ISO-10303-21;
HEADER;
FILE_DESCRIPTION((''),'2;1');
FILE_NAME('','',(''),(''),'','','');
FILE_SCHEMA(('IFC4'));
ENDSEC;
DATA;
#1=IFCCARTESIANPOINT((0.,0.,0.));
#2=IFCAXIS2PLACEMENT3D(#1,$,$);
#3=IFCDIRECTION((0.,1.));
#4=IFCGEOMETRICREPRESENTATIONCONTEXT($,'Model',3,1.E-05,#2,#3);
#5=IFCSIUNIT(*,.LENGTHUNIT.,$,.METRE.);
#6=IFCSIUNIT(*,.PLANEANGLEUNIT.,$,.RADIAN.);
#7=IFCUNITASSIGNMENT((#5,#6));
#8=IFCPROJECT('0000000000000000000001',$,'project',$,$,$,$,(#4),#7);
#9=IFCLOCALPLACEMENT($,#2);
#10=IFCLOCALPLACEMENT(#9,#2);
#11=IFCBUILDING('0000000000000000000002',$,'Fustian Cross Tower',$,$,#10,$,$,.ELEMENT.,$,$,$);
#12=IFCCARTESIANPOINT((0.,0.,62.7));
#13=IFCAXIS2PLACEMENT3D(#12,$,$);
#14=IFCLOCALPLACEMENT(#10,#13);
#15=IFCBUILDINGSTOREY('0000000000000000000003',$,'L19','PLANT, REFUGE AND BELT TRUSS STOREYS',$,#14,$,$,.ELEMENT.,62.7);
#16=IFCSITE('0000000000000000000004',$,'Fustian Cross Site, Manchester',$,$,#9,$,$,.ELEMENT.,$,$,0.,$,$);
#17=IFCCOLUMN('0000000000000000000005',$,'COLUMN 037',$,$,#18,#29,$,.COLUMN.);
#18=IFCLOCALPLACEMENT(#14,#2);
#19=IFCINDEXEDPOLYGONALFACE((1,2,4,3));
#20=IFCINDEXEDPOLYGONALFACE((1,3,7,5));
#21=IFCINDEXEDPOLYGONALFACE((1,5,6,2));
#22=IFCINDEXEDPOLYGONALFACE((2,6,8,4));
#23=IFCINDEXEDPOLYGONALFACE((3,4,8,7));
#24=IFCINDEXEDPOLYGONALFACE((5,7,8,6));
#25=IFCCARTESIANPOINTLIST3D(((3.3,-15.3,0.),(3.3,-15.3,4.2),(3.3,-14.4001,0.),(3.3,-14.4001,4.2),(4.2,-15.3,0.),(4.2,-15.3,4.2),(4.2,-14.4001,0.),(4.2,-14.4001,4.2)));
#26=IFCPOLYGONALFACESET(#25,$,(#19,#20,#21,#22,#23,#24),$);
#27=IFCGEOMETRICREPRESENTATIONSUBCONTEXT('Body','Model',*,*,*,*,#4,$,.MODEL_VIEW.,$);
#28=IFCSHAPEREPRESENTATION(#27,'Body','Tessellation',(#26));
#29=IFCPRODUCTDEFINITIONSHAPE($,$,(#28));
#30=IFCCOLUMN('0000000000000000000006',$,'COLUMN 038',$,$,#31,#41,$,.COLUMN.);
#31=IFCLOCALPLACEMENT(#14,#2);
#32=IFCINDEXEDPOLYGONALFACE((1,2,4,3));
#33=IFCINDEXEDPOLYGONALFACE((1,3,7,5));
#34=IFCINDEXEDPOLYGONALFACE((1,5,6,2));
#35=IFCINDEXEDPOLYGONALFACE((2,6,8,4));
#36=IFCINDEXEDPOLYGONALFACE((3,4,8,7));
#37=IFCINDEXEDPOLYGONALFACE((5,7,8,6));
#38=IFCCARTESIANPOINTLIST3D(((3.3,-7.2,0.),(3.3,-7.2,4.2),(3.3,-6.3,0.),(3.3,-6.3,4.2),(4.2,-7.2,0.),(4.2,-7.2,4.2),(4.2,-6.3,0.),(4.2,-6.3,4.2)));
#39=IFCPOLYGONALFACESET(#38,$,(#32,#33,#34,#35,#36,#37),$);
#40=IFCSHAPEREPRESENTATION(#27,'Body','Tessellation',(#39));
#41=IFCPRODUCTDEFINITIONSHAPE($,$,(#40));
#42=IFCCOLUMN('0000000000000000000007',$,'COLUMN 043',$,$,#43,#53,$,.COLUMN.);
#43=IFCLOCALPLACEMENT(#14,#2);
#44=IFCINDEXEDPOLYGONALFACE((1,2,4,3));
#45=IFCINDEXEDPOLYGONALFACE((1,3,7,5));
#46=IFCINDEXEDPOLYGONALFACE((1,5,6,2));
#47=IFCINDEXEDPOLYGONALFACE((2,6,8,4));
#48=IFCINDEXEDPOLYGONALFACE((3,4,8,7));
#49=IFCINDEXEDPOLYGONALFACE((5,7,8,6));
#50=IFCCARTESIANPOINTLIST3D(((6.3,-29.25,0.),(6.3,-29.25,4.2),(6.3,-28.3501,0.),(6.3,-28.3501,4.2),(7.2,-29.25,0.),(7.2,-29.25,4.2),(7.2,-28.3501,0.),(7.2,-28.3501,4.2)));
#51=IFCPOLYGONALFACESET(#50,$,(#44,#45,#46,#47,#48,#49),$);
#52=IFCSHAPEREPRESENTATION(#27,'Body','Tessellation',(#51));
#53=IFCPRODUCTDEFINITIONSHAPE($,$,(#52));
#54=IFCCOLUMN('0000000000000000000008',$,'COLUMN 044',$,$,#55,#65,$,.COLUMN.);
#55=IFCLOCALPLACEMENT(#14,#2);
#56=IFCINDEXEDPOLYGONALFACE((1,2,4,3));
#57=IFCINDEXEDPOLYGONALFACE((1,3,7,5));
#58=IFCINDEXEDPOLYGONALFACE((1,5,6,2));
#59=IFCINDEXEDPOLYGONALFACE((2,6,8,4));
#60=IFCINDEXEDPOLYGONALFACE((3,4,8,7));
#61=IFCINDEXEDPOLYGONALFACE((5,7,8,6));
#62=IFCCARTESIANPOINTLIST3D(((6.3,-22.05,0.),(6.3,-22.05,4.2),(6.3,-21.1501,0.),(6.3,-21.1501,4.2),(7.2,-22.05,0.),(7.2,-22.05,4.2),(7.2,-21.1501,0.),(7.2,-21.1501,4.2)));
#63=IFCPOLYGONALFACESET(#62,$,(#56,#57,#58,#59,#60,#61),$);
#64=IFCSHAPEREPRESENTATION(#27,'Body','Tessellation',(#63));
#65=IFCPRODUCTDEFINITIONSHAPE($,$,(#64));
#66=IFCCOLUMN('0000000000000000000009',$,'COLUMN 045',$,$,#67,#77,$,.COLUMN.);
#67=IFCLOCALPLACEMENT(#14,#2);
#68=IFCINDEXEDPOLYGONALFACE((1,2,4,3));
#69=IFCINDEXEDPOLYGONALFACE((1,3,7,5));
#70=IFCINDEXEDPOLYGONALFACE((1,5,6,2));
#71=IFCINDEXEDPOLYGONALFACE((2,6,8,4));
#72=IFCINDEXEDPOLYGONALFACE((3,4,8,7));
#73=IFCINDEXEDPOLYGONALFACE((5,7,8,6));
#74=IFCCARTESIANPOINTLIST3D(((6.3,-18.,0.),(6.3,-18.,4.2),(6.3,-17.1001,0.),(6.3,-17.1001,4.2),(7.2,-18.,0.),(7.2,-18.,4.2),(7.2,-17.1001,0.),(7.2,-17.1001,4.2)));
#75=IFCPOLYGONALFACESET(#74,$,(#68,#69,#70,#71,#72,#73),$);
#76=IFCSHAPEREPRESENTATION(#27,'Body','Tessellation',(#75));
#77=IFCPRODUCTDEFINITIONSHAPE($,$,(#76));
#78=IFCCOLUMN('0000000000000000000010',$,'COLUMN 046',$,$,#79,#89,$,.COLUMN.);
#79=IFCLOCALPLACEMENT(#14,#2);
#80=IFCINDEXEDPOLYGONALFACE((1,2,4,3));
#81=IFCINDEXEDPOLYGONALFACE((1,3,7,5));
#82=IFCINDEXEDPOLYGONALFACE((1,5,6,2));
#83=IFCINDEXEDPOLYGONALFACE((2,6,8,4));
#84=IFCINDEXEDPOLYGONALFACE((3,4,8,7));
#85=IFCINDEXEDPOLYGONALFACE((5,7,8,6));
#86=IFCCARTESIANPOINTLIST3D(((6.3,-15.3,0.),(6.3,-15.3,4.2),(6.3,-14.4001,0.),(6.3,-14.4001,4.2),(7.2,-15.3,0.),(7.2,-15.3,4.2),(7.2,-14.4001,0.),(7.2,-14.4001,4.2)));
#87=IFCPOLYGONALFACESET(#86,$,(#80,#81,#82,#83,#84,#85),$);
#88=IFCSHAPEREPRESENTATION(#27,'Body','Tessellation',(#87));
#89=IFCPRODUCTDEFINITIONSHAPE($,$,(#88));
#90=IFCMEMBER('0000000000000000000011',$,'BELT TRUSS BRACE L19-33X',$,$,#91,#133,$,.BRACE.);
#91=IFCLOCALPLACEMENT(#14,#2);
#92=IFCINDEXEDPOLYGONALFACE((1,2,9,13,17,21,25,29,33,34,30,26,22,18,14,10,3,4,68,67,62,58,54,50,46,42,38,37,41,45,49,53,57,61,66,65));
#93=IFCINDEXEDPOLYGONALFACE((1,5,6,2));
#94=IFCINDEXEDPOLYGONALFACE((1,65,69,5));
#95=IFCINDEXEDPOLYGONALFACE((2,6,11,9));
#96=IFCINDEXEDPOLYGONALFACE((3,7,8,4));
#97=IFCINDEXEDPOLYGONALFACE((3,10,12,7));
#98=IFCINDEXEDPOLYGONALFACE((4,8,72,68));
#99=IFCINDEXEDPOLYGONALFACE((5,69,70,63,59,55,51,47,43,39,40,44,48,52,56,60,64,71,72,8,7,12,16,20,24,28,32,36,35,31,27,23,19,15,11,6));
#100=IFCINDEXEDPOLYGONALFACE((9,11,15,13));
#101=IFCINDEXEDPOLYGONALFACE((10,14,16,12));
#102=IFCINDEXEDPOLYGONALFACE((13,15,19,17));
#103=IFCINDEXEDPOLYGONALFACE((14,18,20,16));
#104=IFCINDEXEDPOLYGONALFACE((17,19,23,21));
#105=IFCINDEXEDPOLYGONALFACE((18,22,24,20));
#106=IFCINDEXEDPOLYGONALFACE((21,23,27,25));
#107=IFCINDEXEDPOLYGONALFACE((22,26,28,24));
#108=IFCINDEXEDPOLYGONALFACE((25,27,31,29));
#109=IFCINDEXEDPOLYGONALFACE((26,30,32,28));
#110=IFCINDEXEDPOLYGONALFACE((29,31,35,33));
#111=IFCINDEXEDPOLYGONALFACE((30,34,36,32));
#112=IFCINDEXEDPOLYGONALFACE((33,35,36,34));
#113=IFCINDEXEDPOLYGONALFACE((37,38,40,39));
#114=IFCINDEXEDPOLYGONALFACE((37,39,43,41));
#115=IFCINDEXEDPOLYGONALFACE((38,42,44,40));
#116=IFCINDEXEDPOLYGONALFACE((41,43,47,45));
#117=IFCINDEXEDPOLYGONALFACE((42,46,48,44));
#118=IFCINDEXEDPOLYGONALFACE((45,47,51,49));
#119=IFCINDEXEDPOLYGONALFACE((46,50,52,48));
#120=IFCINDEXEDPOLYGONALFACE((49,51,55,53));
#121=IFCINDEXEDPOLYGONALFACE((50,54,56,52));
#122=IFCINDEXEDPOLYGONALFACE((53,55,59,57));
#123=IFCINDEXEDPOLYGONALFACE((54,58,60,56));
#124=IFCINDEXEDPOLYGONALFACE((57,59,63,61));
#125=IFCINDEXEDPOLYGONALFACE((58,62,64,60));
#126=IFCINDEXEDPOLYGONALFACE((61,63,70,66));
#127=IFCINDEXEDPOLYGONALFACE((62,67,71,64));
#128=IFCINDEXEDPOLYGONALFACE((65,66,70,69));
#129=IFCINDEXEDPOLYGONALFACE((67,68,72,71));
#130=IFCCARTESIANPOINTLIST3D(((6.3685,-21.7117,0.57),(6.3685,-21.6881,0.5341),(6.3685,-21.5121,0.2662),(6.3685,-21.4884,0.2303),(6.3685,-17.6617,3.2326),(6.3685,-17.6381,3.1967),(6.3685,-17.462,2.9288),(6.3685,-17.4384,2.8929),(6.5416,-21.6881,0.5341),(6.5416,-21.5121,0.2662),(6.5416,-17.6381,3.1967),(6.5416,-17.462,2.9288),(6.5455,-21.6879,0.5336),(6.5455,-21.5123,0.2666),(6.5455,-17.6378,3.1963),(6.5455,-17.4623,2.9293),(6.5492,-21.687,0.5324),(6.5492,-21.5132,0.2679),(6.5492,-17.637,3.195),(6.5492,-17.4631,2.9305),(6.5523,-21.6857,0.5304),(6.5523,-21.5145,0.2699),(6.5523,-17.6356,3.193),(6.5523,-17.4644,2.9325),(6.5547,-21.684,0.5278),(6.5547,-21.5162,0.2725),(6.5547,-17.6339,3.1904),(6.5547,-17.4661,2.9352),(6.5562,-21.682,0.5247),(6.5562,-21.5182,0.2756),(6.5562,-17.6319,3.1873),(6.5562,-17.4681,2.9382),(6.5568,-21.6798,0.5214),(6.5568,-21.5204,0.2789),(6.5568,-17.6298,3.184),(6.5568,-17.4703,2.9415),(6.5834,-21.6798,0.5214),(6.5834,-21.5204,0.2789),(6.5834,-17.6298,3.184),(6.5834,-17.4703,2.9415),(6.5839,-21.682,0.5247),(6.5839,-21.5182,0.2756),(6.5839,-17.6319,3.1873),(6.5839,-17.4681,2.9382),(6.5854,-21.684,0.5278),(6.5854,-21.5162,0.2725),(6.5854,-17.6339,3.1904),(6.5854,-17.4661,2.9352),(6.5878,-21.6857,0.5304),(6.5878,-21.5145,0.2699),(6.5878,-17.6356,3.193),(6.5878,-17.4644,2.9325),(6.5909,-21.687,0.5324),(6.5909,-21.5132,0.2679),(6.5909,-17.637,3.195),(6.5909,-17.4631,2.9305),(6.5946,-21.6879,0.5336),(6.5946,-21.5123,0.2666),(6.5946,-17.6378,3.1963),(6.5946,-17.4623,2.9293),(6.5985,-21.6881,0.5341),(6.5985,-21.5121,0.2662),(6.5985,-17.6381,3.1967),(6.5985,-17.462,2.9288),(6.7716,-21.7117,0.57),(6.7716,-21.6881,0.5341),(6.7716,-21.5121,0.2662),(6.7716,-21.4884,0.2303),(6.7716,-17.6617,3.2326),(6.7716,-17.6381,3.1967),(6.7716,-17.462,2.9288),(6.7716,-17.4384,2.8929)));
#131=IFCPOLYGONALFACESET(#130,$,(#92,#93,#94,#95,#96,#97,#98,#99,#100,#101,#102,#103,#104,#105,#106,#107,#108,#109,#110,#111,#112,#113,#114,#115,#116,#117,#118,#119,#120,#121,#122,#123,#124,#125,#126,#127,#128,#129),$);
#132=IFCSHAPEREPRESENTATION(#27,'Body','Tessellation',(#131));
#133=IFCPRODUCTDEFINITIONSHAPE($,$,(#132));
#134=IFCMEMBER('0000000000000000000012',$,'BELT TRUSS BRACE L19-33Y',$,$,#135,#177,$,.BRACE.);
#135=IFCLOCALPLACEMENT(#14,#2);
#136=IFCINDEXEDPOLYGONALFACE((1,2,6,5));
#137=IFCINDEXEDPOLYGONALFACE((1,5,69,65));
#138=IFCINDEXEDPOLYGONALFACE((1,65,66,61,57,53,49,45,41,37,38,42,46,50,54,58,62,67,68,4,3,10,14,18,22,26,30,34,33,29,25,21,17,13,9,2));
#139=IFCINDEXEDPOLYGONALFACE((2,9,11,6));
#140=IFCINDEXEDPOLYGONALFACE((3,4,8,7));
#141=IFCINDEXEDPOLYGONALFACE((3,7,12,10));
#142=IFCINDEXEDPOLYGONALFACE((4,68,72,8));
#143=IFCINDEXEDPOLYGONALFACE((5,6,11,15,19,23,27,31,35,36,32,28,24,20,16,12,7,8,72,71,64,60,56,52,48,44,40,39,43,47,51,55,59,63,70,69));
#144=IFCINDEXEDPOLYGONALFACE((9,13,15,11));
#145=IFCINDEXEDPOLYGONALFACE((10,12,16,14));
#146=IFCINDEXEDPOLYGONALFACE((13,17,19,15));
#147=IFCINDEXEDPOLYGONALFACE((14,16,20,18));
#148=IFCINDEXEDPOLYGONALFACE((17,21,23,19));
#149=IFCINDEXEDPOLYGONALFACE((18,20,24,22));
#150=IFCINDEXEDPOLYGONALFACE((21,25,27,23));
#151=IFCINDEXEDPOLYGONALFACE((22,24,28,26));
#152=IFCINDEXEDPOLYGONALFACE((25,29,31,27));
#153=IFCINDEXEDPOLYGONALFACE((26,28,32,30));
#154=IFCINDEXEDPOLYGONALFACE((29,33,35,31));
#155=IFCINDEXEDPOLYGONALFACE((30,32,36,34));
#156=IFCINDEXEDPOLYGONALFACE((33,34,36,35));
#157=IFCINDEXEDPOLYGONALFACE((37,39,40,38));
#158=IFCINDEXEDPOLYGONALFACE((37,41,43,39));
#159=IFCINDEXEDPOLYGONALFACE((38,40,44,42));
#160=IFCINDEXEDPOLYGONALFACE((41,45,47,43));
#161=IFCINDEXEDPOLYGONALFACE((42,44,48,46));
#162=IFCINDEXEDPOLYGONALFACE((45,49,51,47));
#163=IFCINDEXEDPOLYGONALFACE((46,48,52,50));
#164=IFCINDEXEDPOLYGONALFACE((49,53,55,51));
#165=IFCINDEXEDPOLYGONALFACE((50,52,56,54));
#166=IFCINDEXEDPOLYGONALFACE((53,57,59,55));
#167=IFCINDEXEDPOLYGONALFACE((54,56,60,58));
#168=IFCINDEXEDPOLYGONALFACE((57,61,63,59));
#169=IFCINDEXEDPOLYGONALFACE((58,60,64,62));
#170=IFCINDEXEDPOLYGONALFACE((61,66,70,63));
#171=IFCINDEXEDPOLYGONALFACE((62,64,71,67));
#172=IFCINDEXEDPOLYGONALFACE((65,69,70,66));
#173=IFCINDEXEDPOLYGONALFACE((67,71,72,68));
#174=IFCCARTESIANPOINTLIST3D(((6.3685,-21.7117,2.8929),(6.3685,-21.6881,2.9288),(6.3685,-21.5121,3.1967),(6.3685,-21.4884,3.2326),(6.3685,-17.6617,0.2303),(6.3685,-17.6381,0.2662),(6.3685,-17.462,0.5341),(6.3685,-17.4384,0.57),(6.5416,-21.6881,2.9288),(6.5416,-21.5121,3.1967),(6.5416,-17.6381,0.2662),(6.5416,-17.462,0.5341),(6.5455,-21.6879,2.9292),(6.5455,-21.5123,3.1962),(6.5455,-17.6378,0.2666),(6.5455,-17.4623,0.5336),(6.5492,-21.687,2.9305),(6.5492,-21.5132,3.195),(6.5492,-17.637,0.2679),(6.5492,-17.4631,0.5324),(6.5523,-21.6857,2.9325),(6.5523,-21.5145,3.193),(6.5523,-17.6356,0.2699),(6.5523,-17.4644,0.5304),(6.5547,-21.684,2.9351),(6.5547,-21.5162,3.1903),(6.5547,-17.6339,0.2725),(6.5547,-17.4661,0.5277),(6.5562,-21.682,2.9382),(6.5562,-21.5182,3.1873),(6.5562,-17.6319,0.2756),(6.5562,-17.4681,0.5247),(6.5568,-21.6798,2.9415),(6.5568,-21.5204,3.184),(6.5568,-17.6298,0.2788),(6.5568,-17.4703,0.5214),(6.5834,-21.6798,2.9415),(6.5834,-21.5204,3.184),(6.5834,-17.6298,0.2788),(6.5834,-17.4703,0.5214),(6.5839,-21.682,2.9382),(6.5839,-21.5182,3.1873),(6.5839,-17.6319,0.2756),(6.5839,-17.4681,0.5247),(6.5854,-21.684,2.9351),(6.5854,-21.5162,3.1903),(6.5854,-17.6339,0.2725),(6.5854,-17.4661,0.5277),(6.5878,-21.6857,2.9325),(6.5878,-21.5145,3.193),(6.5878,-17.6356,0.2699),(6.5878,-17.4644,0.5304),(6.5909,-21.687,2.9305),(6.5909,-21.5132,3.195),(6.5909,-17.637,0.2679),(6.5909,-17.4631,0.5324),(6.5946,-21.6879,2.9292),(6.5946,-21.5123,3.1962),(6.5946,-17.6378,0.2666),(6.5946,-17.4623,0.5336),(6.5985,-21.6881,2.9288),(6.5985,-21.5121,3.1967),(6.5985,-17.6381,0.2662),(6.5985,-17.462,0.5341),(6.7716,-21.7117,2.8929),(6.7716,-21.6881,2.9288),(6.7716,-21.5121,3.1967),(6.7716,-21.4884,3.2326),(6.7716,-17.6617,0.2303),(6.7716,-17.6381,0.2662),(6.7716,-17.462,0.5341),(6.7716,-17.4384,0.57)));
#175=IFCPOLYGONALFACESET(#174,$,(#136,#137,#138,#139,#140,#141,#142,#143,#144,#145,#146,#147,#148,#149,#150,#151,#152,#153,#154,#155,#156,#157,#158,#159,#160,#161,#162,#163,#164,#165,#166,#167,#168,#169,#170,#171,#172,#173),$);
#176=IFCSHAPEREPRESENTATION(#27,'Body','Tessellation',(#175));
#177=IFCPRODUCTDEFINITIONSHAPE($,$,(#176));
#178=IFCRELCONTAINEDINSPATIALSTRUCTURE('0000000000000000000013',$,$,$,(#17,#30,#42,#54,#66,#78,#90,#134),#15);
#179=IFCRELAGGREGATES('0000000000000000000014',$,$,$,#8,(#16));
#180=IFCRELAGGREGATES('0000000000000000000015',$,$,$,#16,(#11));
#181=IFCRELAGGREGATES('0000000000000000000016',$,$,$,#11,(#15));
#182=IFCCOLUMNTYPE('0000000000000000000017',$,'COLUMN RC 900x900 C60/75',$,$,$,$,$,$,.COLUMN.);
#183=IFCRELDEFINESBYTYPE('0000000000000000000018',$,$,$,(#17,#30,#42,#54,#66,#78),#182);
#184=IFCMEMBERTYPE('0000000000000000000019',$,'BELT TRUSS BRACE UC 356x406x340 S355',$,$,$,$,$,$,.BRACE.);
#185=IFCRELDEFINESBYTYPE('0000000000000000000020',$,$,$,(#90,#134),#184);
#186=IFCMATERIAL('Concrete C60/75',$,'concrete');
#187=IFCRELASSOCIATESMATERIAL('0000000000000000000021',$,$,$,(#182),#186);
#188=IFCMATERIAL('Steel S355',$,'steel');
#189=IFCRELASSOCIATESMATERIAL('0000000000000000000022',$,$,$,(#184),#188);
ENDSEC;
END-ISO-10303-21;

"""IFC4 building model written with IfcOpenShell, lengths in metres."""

from ifc_helpers import new_model, si_unit, direction, frame, origin, origin_2d, place, context, subcontext, project, spatial, rectangle, i_section, extrude, material, material_profile, profile_set, type_object, element, save


model = new_model("IFC4")

# Units and contexts
model_context = context("Model", 3, precision=1e-05, world=origin(), true_north=direction((0.0, 1.0)))
body_context = subcontext(model_context, "Body", "Model", "MODEL_VIEW")
ifc_project = project(units=[si_unit("LENGTHUNIT", "METRE"), si_unit("PLANEANGLEUNIT", "RADIAN")], contexts=[model_context])

# Site, building, storey
site_placement = place(None, origin())
site = spatial("IfcSite", under=ifc_project, at=site_placement, Name="Fustian Cross Site, Manchester", CompositionType="ELEMENT", RefElevation=0.0)
building_placement = place(site_placement, origin())
building = spatial("IfcBuilding", under=site, at=building_placement, Name="Fustian Cross Tower", CompositionType="ELEMENT")
storey_placement = place(building_placement, frame((0.0, 0.0, 62.7)))
storey = spatial("IfcBuildingStorey", under=building, at=storey_placement, Name="L19", Description="PLANT, REFUGE AND BELT TRUSS STOREYS", CompositionType="ELEMENT", Elevation=62.7)

# Columns
ifc_material_1 = material(Name="Concrete C60/75", Category="concrete")
ifc_material_profile_1 = material_profile(ifc_material_1, rectangle(XDim=0.8999, YDim=0.8999, at=origin_2d()), Name="RC 900x900")
ifc_profile_set_1 = profile_set([ifc_material_profile_1], Name="Concrete C60/75")
column_type = type_object("IfcColumnType", Name="COLUMN RC 900x900 C60/75", PredefinedType="COLUMN", material=ifc_profile_set_1)
for number, where, z_axis, x_axis, name in (
    (1, (3.75, -14.8501, 0.0), (0.0, 0.0, 1.0), (1.0, 0.0, 0.0), "COLUMN 037"),
    (2, (3.75, -6.75, 0.0), (0.0, 0.0, 1.0), (1.0, 0.0, 0.0), "COLUMN 038"),
    (3, (6.75, -28.8, 0.0), (0.0, 0.0, 1.0), (1.0, 0.0, 0.0), "COLUMN 043"),
    (4, (6.75, -21.6001, 0.0), (0.0, 0.0, 1.0), (1.0, 0.0, 0.0), "COLUMN 044"),
    (5, (6.75, -17.55, 0.0), (0.0, 0.0, 1.0), (1.0, 0.0, 0.0), "COLUMN 045"),
    (6, (6.75, -14.8501, 0.0), (0.0, 0.0, 1.0), (1.0, 0.0, 0.0), "COLUMN 046"),
):
    element("IfcColumn", number, at=place(storey_placement, frame(where, z_axis=z_axis, x_axis=x_axis)), inside=storey, type_object=column_type, Name=name, PredefinedType="COLUMN", context=body_context, shape_type="SweptSolid", body=[
        extrude(rectangle(XDim=0.8999, YDim=0.8999, at=origin_2d()), origin(), (0.0, 0.0, 1.0), 4.2),
    ])

# Members
ifc_material_2 = material(Name="Steel S355", Category="steel")
ifc_material_profile_2 = material_profile(ifc_material_2, i_section(OverallWidth=0.4031, OverallDepth=0.4065, WebThickness=0.0266, FlangeThickness=0.043, FilletRadius=0.0151, at=origin_2d()), Name="UC 356x406x340")
ifc_profile_set_2 = profile_set([ifc_material_profile_2], Name="Steel S355")
member_type_1 = type_object("IfcMemberType", Name="BELT TRUSS BRACE UC 356x406x340 S355", PredefinedType="BRACE", material=ifc_profile_set_2)
for number, where, z_axis, x_axis, name in (
    (7, (6.5701, -21.6001, 0.4001), (0.0, 0.835598, 0.549342), (-1.0, 0.0, 0.0), "BELT TRUSS BRACE L19-33X"),
    (8, (6.5701, -21.6001, 3.0627), (0.0, 0.835598, -0.549342), (-1.0, 0.0, 0.0), "BELT TRUSS BRACE L19-33Y"),
):
    element("IfcMember", number, at=place(storey_placement, frame(where, z_axis=z_axis, x_axis=x_axis)), inside=storey, type_object=member_type_1, Name=name, PredefinedType="BRACE", context=body_context, shape_type="SweptSolid", body=[
        extrude(i_section(OverallWidth=0.4031, OverallDepth=0.4065, WebThickness=0.0266, FlangeThickness=0.043, FilletRadius=0.0151, at=origin_2d()), origin(), (0.0, 0.0, 1.0), 4.8469),
    ])

save(model, "model.ifc")
